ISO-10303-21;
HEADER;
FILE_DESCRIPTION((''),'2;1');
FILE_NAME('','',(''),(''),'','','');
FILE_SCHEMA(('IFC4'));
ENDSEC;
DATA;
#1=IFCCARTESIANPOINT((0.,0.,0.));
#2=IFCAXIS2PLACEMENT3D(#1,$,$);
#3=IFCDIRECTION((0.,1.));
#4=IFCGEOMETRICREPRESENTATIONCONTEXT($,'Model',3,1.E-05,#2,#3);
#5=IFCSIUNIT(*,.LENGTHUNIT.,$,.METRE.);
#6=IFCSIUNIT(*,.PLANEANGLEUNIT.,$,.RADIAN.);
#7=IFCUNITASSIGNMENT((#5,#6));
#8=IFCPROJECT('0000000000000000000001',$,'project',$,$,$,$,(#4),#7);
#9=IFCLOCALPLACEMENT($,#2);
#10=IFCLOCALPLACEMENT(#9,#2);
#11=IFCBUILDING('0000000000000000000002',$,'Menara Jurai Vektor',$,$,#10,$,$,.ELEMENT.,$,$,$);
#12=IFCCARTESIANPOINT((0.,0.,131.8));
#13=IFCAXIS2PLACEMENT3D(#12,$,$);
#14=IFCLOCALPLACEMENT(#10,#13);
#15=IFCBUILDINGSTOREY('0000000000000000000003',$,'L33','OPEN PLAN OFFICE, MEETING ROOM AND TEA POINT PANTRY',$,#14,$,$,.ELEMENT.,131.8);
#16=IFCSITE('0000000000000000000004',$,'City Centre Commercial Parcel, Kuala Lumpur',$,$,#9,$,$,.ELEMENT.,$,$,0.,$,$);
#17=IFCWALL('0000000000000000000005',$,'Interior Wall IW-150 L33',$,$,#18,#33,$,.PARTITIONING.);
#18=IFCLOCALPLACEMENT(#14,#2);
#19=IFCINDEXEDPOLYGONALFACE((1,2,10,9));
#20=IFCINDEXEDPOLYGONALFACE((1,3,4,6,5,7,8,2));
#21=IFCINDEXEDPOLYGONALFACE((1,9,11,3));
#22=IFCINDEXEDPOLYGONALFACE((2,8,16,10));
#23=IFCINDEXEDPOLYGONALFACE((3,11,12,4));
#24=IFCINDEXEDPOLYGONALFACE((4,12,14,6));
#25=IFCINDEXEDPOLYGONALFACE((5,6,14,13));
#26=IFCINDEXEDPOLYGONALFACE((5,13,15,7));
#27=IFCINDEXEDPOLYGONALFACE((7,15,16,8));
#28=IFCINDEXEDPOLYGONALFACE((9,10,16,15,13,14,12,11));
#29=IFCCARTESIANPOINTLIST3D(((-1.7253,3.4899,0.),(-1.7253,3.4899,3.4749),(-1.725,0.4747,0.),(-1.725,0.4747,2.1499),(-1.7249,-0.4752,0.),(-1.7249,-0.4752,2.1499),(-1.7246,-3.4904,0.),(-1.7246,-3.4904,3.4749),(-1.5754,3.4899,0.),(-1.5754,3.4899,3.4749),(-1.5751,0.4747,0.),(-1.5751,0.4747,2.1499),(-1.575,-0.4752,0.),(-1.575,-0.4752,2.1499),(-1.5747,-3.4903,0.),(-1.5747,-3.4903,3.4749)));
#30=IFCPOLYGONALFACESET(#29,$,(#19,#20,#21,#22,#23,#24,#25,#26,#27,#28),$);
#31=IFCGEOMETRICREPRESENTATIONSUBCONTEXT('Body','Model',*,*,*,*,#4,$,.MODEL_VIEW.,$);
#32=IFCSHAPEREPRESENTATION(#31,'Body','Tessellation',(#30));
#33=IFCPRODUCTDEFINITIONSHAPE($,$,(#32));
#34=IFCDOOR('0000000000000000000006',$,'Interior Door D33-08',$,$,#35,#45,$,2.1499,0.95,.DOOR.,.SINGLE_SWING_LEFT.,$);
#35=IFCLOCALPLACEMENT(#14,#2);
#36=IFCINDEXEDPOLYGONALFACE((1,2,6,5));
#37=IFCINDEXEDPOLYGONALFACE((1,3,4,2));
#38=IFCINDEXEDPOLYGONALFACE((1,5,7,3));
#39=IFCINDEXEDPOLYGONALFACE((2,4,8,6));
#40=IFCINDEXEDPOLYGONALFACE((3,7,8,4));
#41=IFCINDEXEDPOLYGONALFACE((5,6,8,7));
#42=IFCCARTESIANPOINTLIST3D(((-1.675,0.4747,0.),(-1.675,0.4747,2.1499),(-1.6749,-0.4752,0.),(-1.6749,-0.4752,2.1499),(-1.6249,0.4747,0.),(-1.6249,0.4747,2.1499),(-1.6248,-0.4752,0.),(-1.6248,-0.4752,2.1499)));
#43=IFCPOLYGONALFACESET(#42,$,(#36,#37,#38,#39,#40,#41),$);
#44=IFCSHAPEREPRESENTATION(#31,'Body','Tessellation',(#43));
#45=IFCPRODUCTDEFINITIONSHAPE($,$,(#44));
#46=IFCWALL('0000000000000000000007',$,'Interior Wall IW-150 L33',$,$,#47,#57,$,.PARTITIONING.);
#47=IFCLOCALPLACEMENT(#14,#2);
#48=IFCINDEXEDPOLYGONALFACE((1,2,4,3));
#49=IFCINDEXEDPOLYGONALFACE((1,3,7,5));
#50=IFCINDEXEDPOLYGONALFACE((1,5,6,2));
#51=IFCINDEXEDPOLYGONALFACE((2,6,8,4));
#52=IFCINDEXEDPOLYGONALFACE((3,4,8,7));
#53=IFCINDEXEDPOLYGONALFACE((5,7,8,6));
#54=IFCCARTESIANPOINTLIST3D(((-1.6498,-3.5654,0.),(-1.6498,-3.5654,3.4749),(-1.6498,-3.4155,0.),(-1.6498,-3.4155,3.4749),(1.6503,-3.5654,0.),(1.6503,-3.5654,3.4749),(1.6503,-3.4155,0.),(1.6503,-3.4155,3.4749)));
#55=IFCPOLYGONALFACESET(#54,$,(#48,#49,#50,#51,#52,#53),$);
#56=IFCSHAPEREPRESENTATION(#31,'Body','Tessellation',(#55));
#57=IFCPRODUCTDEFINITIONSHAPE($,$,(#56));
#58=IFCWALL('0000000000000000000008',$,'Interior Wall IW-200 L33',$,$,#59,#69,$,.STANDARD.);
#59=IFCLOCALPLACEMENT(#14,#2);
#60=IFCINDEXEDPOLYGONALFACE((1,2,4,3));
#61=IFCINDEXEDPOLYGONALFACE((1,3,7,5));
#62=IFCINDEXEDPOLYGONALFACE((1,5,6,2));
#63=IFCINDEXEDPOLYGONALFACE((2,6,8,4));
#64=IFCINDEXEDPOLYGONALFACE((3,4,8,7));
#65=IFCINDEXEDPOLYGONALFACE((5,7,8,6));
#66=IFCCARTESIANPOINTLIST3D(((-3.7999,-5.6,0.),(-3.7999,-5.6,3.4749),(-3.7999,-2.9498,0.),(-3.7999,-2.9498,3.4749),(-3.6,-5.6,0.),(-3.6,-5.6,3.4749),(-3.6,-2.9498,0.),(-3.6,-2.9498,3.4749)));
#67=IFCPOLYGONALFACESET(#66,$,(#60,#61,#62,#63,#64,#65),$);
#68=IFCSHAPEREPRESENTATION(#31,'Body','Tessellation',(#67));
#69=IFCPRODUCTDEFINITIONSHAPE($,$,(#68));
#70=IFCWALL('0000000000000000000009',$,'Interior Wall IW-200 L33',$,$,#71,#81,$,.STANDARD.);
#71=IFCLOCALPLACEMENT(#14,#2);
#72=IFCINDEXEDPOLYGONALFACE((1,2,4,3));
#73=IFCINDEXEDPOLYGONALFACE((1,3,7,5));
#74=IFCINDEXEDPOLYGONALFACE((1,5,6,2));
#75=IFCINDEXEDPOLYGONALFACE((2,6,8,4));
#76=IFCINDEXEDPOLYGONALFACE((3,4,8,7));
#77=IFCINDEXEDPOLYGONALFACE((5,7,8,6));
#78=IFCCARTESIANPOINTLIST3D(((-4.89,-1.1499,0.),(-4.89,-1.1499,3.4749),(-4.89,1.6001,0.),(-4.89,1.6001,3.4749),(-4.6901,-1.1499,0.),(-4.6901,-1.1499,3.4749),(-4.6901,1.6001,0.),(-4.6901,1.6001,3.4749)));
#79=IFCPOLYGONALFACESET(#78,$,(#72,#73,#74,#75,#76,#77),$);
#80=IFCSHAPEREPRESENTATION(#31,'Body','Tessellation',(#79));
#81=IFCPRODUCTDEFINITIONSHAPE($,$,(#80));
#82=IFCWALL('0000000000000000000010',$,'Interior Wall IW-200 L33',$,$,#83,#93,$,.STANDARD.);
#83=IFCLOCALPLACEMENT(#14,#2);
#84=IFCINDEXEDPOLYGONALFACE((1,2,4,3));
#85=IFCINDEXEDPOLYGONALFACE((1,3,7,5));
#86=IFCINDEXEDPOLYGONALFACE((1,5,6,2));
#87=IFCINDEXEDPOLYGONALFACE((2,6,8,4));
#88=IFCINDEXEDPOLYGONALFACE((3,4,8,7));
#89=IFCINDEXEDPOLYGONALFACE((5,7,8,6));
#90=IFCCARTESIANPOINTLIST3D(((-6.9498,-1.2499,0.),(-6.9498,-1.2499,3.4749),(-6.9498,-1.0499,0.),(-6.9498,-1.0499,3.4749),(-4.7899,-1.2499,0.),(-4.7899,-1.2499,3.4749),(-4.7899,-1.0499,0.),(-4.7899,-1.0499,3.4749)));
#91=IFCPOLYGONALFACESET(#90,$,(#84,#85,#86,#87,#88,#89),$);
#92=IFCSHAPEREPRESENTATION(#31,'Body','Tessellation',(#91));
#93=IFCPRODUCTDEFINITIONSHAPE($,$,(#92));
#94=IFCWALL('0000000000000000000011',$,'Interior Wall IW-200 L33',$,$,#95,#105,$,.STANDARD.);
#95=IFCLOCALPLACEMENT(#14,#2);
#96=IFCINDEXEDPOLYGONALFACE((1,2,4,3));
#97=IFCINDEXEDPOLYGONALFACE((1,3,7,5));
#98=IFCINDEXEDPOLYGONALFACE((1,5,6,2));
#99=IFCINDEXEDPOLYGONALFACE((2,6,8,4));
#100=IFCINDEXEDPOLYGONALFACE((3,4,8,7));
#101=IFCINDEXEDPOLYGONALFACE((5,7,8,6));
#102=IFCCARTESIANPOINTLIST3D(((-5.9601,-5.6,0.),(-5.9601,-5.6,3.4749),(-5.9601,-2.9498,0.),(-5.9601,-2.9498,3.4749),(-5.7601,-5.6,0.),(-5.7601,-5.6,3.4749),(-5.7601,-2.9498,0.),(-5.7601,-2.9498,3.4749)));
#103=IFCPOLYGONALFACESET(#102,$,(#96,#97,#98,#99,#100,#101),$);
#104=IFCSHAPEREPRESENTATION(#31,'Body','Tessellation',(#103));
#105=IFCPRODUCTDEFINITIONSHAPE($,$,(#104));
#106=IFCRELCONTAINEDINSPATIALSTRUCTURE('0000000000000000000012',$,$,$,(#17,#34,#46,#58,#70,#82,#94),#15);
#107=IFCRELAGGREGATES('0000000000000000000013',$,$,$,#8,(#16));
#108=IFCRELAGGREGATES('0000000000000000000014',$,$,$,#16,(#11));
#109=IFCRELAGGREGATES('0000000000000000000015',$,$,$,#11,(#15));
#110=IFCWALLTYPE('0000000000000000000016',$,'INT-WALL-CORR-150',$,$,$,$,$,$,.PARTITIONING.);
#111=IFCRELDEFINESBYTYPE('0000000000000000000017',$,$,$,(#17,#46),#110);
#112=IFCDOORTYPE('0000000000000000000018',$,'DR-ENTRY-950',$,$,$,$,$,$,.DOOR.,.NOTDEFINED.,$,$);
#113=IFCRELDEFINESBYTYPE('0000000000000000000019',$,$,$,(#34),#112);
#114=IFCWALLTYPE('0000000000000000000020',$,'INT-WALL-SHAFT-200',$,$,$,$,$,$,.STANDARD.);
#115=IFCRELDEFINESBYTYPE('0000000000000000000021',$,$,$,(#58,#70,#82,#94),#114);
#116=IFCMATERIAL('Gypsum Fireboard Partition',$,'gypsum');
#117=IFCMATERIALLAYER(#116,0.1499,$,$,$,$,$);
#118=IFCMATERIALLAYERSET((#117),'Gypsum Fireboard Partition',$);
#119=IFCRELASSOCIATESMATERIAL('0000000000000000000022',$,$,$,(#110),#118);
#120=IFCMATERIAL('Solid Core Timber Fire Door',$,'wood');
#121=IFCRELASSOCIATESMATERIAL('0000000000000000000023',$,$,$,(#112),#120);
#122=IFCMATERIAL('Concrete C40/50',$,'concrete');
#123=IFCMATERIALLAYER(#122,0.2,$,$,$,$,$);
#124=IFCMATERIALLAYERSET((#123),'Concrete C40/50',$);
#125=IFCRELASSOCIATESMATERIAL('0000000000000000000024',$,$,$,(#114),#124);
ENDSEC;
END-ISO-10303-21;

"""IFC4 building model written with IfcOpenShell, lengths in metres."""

from ifc_helpers import new_model, si_unit, direction, frame, frame_2d, origin, place, context, subcontext, project, spatial, rectangle, extrude, material, layer, layer_set, type_object, element, fill, save


model = new_model("IFC4")

# Units and contexts
model_context = context("Model", 3, precision=1e-05, world=origin(), true_north=direction((0.0, 1.0)))
body_context = subcontext(model_context, "Body", "Model", "MODEL_VIEW")
ifc_project = project(units=[si_unit("LENGTHUNIT", "METRE"), si_unit("PLANEANGLEUNIT", "RADIAN")], contexts=[model_context])

# Site, building, storey
site_placement = place(None, origin())
site = spatial("IfcSite", under=ifc_project, at=site_placement, Name="City Centre Commercial Parcel, Kuala Lumpur", CompositionType="ELEMENT", RefElevation=0.0)
building_placement = place(site_placement, origin())
building = spatial("IfcBuilding", under=site, at=building_placement, Name="Menara Jurai Vektor", CompositionType="ELEMENT")
storey_placement = place(building_placement, frame((0.0, 0.0, 131.8)))
storey = spatial("IfcBuildingStorey", under=building, at=storey_placement, Name="L33", Description="OPEN PLAN OFFICE, MEETING ROOM AND TEA POINT PANTRY", CompositionType="ELEMENT", Elevation=131.8)

# Shared definitions
ifc_material_1 = material(Name="Concrete C40/50", Category="concrete")

# Shared definitions
ifc_material_2 = material(Name="Gypsum Fireboard Partition", Category="gypsum")
ifc_layer_1 = layer(ifc_material_2, 0.1499)
ifc_layer_set_1 = layer_set([ifc_layer_1], Name="Gypsum Fireboard Partition")
wall_type_1 = type_object("IfcWallType", Name="INT-WALL-CORR-150", PredefinedType="PARTITIONING", material=ifc_layer_set_1)

# Wall, opening, door
wall_1_placement = place(storey_placement, frame((-1.6497, -3.4905, 0.0), z_axis=(0.0, 0.0, 1.0), x_axis=(-0.000105, 1.0, 0.0)))
wall_1 = element("IfcWall", 1, at=wall_1_placement, inside=storey, type_object=wall_type_1, Name="Interior Wall IW-150 L33", PredefinedType="PARTITIONING", context=body_context, shape_type="SweptSolid", body=[
    extrude(rectangle(XDim=6.9802, YDim=0.1499, at=frame_2d((3.4902, 0.0))), origin(), (0.0, 0.0, 1.0), 3.4749),
])
opening_1_placement = place(wall_1_placement, frame((3.0151, 0.0, 0.0)))
opening_1 = element("IfcOpeningElement", 2, at=opening_1_placement, cuts=wall_1, PredefinedType="OPENING", context=body_context, shape_type="SweptSolid", body=[
    extrude(rectangle(XDim=0.95, YDim=2.1499, at=frame_2d((0.4751, 1.075))), frame((0.0, 0.085, 0.0), z_axis=(0.0, -1.0, 0.0), x_axis=(1.0, 0.0, 0.0)), (0.0, 0.0, 1.0), 0.1699),
])
ifc_material_3 = material(Name="Solid Core Timber Fire Door", Category="wood")
door_type_1 = type_object("IfcDoorType", Name="DR-ENTRY-950", OperationType="NOTDEFINED", PredefinedType="DOOR", material=ifc_material_3)
door_1_placement = place(opening_1_placement, origin())
door_1 = element("IfcDoor", 3, at=door_1_placement, inside=storey, type_object=door_type_1, Name="Interior Door D33-08", OperationType="SINGLE_SWING_LEFT", OverallHeight=2.1499, OverallWidth=0.95, PredefinedType="DOOR", context=body_context, shape_type="SweptSolid", body=[
    extrude(rectangle(XDim=0.95, YDim=2.1499, at=frame_2d((0.4751, 1.075))), frame((0.0, 0.0249, 0.0), z_axis=(0.0, -1.0, 0.0), x_axis=(1.0, 0.0, 0.0)), (0.0, 0.0, 1.0), 0.05),
])
fill(opening_1, door_1)

# Wall
wall_2_placement = place(storey_placement, frame((-1.6497, -3.4905, 0.0), z_axis=(0.0, 0.0, 1.0), x_axis=(1.0, 0.0, 0.0)))
element("IfcWall", 4, at=wall_2_placement, inside=storey, type_object=wall_type_1, Name="Interior Wall IW-150 L33", PredefinedType="PARTITIONING", context=body_context, shape_type="SweptSolid", body=[
    extrude(rectangle(XDim=3.3, YDim=0.1499, at=frame_2d((1.6499, 0.0))), origin(), (0.0, 0.0, 1.0), 3.4749),
])

# Shared definitions
ifc_layer_2 = layer(ifc_material_1, 0.2)
ifc_layer_set_2 = layer_set([ifc_layer_2], Name="Concrete C40/50")
wall_type_2 = type_object("IfcWallType", Name="INT-WALL-SHAFT-200", PredefinedType="STANDARD", material=ifc_layer_set_2)

# Walls
wall_3_placement = place(storey_placement, frame((-3.7, -5.6001, 0.0), z_axis=(0.0, 0.0, 1.0), x_axis=(0.0, 1.0, 0.0)))
element("IfcWall", 5, at=wall_3_placement, inside=storey, type_object=wall_type_2, Name="Interior Wall IW-200 L33", PredefinedType="STANDARD", context=body_context, shape_type="SweptSolid", body=[
    extrude(rectangle(XDim=2.6501, YDim=0.2, at=frame_2d((1.3252, 0.0))), origin(), (0.0, 0.0, 1.0), 3.4749),
])
wall_4_placement = place(storey_placement, frame((-4.79, -1.1499, 0.0), z_axis=(0.0, 0.0, 1.0), x_axis=(0.0, 1.0, 0.0)))
element("IfcWall", 6, at=wall_4_placement, inside=storey, type_object=wall_type_2, Name="Interior Wall IW-200 L33", PredefinedType="STANDARD", context=body_context, shape_type="SweptSolid", body=[
    extrude(rectangle(XDim=2.75, YDim=0.2, at=frame_2d((1.375, 0.0))), origin(), (0.0, 0.0, 1.0), 3.4749),
])
wall_5_placement = place(storey_placement, frame((-6.95, -1.1499, 0.0), z_axis=(0.0, 0.0, 1.0), x_axis=(1.0, 0.0, 0.0)))
element("IfcWall", 7, at=wall_5_placement, inside=storey, type_object=wall_type_2, Name="Interior Wall IW-200 L33", PredefinedType="STANDARD", context=body_context, shape_type="SweptSolid", body=[
    extrude(rectangle(XDim=2.1599, YDim=0.2, at=frame_2d((1.0801, 0.0))), origin(), (0.0, 0.0, 1.0), 3.4749),
])
wall_6_placement = place(storey_placement, frame((-5.8601, -5.6001, 0.0), z_axis=(0.0, 0.0, 1.0), x_axis=(0.0, 1.0, 0.0)))
element("IfcWall", 8, at=wall_6_placement, inside=storey, type_object=wall_type_2, Name="Interior Wall IW-200 L33", PredefinedType="STANDARD", context=body_context, shape_type="SweptSolid", body=[
    extrude(rectangle(XDim=2.6501, YDim=0.2, at=frame_2d((1.3252, 0.0))), origin(), (0.0, 0.0, 1.0), 3.4749),
])

save(model, "model.ifc")
